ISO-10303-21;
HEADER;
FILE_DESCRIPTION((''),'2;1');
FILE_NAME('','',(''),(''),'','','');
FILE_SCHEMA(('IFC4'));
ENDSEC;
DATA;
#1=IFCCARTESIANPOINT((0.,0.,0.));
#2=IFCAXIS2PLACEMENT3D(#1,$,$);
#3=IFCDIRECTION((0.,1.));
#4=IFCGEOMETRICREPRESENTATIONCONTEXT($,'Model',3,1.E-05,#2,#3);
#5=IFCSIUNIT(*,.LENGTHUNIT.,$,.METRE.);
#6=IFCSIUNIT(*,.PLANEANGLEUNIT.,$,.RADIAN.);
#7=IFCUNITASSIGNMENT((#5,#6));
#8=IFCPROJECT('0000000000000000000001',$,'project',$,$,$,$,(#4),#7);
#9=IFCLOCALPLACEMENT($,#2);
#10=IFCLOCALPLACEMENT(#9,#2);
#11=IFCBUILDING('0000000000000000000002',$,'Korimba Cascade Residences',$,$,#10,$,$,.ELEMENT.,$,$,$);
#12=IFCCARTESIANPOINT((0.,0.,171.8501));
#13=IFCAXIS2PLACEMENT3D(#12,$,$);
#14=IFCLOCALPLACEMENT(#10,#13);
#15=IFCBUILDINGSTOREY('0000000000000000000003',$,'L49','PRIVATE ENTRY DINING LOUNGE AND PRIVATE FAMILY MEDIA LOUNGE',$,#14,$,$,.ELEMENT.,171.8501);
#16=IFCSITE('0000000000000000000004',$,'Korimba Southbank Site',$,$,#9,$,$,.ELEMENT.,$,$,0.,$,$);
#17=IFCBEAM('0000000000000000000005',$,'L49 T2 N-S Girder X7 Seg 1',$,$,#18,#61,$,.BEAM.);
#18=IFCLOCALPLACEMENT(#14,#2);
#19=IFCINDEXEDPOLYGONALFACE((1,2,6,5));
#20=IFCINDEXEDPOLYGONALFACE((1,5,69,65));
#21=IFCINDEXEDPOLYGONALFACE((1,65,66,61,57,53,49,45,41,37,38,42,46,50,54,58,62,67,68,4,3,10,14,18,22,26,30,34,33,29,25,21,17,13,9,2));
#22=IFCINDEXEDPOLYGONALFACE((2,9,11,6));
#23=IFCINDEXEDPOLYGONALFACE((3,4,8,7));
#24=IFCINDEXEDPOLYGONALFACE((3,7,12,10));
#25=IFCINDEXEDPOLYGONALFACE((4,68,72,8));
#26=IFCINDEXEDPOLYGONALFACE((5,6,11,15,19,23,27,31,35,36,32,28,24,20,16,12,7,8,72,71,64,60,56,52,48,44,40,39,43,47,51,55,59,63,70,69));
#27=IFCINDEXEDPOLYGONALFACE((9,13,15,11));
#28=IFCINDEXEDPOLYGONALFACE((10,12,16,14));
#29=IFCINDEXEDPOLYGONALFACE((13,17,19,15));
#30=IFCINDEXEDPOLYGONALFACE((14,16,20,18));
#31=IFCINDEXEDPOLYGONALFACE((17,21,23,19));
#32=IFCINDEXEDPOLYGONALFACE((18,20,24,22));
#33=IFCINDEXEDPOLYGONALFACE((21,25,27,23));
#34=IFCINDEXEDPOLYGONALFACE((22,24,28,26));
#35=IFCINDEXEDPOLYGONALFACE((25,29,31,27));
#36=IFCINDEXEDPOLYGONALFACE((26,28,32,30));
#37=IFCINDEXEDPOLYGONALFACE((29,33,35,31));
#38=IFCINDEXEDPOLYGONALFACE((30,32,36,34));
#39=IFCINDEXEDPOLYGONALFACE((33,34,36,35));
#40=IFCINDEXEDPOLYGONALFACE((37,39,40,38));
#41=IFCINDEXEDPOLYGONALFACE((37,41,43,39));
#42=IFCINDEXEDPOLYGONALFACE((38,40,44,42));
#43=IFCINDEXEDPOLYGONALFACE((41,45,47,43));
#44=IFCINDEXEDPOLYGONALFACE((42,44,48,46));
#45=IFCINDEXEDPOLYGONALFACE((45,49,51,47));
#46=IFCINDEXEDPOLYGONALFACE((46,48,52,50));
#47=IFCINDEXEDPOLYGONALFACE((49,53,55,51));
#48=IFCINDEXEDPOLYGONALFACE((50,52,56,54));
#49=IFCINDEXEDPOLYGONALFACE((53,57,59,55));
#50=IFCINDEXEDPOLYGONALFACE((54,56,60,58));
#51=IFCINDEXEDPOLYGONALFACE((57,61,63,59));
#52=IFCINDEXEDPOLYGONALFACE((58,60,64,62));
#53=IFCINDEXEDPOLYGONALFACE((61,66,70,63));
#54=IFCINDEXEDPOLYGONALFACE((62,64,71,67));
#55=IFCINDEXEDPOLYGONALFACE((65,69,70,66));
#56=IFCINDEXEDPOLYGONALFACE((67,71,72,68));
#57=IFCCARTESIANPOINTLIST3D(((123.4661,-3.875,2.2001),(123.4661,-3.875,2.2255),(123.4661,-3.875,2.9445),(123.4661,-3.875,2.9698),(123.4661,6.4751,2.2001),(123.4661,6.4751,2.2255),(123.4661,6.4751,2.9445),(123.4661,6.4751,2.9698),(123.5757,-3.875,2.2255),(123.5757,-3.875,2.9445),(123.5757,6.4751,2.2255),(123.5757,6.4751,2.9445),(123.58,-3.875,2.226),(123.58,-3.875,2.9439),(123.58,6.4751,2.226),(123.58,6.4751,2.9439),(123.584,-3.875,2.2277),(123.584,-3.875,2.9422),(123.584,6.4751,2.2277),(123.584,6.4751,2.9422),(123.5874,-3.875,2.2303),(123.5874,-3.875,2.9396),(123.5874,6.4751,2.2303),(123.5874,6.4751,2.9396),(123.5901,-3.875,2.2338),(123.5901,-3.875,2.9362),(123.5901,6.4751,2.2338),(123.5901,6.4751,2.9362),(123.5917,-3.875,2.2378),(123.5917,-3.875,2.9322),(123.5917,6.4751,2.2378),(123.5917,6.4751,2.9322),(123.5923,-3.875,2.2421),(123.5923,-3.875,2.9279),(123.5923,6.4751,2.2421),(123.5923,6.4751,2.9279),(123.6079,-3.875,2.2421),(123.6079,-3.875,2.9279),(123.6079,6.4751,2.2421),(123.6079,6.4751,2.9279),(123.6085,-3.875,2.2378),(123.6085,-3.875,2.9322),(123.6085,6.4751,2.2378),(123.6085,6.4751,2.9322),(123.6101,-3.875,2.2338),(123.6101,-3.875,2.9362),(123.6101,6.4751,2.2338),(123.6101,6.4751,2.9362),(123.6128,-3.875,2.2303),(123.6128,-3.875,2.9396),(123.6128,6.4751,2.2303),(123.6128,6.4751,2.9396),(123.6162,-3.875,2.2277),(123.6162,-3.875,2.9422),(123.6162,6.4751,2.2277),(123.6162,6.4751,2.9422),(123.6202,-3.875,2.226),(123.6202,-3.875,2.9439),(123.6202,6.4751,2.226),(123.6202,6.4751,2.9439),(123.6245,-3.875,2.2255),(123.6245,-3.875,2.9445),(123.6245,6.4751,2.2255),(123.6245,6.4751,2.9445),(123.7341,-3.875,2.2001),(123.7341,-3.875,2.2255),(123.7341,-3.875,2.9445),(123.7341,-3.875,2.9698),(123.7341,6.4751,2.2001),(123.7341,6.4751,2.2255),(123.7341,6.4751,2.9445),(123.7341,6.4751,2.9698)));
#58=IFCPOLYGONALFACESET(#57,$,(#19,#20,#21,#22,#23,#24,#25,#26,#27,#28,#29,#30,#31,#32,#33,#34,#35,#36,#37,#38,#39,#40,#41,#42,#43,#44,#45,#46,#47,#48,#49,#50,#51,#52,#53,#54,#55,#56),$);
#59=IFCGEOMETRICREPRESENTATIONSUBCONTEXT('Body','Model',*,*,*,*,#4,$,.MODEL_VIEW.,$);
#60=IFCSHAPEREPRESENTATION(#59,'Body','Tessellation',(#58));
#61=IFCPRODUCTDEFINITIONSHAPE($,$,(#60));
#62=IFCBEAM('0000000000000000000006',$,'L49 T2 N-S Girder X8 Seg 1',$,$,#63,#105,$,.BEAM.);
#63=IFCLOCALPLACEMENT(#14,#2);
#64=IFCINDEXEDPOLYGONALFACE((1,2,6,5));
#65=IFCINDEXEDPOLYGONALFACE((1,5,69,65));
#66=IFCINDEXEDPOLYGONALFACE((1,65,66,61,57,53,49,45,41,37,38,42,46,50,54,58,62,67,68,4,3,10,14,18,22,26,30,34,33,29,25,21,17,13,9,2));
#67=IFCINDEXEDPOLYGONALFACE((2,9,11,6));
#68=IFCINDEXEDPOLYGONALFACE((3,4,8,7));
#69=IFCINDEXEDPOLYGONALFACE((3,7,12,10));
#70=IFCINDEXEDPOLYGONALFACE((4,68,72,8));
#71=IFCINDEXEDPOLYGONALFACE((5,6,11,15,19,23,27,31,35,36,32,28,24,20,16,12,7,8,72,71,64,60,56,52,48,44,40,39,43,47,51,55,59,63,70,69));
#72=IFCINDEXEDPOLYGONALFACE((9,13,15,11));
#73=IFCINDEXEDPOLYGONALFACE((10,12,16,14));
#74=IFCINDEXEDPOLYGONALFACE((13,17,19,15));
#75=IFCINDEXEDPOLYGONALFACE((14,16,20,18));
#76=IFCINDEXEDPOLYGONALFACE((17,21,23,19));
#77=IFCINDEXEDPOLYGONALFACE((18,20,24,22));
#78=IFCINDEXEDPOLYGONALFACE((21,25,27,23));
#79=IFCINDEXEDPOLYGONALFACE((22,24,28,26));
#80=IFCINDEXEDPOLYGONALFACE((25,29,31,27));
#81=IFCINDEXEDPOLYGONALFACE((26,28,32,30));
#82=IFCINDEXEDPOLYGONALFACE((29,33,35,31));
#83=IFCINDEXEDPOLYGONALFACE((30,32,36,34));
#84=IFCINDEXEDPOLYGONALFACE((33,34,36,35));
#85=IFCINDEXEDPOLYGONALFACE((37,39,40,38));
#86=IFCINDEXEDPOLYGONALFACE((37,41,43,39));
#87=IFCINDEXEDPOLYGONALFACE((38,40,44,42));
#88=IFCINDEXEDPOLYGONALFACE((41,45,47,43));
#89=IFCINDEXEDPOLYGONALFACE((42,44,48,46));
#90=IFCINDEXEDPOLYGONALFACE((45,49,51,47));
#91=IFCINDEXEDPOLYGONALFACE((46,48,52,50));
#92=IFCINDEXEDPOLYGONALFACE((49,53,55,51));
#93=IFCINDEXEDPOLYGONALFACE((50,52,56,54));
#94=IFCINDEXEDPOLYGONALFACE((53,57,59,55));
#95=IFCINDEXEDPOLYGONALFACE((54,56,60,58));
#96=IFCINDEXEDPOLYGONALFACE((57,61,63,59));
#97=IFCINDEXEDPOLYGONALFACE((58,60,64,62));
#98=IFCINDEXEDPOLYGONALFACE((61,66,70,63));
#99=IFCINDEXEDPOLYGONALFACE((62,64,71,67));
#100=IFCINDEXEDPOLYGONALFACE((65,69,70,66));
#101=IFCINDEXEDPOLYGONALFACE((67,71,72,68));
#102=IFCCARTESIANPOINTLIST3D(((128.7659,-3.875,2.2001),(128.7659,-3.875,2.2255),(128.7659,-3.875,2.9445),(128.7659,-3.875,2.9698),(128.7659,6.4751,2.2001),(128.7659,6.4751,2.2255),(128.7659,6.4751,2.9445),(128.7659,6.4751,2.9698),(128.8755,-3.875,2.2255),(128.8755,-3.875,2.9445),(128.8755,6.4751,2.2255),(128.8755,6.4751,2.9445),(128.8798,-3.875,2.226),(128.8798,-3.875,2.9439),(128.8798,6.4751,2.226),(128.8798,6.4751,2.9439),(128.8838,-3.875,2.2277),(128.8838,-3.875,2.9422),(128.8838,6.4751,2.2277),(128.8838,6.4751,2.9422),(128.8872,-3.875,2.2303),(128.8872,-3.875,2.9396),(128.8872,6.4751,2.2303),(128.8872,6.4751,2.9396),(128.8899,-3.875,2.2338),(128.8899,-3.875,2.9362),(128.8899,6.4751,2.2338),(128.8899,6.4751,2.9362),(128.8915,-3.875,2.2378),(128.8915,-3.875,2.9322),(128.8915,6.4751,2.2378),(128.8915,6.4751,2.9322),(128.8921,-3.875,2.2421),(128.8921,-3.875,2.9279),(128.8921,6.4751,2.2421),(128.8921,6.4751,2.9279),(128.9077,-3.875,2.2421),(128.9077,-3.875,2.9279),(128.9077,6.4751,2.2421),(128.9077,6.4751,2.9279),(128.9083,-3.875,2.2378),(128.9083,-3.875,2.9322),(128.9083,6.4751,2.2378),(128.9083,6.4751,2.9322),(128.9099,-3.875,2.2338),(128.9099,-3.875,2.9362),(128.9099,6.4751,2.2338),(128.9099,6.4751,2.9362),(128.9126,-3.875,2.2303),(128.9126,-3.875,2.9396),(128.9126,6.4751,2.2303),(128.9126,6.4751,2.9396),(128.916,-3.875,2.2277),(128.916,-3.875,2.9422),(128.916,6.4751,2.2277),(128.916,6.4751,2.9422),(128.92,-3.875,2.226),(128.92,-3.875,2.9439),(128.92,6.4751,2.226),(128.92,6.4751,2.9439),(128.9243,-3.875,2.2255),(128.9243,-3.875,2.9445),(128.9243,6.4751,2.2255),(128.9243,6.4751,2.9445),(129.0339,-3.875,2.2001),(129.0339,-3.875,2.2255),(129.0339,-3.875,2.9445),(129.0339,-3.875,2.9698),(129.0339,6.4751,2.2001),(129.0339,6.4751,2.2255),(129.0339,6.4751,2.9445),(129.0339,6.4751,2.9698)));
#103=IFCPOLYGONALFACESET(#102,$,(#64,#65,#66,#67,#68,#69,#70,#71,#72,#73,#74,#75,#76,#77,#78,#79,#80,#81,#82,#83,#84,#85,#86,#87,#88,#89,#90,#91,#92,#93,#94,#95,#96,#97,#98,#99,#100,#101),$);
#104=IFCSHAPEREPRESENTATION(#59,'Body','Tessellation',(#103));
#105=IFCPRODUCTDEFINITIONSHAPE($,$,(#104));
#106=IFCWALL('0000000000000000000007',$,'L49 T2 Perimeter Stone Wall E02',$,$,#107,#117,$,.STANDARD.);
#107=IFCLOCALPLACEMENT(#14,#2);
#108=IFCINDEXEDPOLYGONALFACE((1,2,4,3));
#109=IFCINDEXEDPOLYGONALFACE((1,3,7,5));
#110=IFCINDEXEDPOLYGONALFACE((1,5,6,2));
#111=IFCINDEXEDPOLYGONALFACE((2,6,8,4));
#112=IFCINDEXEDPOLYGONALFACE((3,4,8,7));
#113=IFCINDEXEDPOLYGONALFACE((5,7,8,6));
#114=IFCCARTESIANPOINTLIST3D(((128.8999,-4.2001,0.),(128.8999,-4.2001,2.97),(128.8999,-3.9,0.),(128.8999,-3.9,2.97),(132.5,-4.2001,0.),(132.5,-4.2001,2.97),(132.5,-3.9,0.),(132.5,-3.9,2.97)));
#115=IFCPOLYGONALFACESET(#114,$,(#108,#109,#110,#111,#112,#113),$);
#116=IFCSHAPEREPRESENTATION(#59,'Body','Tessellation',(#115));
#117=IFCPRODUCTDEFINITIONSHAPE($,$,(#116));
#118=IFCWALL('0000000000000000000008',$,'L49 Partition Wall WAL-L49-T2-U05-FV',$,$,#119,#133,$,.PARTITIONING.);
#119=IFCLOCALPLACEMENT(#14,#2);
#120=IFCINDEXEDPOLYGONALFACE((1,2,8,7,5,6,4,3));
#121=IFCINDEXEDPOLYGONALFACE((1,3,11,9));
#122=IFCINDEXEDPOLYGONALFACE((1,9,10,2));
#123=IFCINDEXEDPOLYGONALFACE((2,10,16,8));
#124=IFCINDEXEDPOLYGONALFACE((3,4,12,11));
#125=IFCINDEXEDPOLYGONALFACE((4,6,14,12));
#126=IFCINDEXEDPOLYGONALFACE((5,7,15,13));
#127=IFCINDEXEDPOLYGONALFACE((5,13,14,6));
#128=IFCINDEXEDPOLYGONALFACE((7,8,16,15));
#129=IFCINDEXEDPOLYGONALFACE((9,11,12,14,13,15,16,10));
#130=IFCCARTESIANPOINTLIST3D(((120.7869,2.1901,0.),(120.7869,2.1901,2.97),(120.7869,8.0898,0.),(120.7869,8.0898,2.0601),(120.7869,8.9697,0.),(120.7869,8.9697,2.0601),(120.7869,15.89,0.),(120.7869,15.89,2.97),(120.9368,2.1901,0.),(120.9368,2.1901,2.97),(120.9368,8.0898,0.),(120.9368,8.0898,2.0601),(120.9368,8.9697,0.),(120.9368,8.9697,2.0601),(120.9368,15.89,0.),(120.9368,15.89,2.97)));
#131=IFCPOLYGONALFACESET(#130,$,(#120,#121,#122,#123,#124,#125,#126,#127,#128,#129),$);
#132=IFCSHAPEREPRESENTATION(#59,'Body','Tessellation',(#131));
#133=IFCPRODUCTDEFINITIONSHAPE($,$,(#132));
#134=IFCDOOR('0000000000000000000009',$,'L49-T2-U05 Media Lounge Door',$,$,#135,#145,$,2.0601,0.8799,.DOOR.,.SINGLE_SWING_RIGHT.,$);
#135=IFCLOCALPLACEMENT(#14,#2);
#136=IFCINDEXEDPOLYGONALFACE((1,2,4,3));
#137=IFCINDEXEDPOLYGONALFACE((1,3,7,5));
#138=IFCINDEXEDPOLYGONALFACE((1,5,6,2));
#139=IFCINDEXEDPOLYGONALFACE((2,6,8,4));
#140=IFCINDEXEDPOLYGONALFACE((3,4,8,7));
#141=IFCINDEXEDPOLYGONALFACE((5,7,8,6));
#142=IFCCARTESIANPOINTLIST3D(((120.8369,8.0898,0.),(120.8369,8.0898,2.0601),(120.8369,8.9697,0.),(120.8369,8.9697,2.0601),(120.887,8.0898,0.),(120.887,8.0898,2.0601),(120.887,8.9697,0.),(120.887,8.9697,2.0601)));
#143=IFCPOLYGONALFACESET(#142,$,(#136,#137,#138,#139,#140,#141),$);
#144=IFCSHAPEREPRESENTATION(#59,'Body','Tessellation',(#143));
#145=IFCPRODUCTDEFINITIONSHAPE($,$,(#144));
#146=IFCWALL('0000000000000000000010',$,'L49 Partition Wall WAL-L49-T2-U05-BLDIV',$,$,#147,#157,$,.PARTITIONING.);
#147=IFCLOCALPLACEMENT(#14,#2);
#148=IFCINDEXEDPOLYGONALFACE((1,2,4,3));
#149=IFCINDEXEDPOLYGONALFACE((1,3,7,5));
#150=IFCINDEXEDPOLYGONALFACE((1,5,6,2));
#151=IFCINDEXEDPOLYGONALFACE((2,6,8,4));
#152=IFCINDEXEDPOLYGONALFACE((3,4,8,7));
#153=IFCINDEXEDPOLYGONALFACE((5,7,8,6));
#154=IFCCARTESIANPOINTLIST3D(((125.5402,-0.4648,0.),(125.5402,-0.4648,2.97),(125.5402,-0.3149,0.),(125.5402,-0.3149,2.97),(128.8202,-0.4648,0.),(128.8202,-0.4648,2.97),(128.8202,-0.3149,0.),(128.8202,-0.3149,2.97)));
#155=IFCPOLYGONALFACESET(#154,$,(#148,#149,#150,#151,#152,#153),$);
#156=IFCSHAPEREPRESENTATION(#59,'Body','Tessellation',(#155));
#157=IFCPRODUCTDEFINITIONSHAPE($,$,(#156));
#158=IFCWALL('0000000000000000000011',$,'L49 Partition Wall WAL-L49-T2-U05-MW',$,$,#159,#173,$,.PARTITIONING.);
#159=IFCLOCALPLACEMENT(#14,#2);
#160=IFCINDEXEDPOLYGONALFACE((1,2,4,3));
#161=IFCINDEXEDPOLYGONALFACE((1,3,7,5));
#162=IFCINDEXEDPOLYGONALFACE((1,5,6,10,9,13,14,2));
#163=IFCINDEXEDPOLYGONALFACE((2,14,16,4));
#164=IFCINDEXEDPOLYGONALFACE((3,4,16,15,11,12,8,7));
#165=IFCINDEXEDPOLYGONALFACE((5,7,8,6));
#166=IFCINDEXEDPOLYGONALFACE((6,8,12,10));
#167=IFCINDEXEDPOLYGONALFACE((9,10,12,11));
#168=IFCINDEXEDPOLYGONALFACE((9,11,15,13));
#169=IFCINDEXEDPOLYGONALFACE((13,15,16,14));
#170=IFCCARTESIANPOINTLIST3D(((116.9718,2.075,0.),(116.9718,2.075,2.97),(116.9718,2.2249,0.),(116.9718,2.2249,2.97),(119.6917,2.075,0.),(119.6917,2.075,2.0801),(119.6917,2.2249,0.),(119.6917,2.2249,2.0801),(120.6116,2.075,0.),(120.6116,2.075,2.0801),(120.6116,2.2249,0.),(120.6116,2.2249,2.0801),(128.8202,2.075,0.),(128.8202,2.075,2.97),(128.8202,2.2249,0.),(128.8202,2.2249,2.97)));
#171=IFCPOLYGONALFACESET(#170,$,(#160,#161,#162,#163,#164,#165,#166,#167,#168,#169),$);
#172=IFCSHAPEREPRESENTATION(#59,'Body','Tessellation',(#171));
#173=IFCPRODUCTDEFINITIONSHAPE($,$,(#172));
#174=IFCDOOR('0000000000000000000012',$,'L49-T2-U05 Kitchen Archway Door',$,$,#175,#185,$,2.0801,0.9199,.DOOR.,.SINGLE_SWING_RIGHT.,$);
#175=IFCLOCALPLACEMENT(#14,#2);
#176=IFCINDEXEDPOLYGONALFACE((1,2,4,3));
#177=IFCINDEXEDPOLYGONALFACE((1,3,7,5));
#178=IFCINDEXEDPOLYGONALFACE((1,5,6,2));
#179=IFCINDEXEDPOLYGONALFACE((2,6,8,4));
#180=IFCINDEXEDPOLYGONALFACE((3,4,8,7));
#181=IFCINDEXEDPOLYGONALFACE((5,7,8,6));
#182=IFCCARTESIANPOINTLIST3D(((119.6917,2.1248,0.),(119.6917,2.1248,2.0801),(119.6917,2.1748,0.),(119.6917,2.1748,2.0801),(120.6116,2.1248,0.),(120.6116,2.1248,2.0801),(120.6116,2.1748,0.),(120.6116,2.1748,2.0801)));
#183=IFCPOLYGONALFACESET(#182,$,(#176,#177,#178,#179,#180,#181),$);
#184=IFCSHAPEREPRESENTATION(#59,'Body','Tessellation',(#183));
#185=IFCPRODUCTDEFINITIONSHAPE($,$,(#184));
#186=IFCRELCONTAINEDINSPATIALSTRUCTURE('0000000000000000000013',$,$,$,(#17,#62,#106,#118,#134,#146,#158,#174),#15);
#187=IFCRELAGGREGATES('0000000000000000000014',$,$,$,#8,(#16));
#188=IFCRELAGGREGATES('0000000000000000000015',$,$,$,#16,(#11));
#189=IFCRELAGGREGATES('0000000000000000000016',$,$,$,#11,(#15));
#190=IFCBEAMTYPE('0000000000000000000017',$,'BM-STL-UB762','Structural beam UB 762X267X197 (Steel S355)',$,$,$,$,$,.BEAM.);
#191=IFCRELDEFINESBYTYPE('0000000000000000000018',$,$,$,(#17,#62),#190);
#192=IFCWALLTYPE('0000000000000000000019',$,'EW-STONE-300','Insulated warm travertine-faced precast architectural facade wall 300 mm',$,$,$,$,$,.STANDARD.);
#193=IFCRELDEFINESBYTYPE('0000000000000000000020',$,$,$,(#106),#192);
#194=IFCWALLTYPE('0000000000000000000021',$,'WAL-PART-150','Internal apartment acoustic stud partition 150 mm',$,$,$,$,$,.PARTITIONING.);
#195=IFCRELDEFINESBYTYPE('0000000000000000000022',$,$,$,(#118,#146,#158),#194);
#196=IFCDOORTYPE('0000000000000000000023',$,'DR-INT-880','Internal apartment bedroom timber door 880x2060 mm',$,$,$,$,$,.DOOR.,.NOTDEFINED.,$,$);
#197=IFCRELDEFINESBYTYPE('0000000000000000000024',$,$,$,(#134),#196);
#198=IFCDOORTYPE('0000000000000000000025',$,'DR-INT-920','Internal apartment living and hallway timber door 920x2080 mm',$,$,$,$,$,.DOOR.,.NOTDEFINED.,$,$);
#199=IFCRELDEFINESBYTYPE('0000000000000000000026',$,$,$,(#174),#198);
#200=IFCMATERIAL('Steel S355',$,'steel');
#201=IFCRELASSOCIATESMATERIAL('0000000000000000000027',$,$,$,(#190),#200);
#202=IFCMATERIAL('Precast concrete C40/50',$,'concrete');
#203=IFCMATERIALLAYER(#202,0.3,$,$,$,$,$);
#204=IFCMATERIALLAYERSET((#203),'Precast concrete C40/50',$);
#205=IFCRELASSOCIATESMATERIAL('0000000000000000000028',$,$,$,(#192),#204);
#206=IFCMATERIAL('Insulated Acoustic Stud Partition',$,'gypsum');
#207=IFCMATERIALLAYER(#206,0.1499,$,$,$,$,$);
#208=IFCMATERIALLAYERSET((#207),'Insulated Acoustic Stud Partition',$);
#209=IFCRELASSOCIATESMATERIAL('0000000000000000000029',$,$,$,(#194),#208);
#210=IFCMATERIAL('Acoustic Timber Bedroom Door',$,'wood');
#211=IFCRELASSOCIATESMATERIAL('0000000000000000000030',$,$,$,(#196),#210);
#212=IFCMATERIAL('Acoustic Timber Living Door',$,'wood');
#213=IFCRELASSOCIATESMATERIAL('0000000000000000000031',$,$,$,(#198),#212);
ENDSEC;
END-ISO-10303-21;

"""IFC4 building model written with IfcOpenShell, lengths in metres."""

from ifc_helpers import new_model, si_unit, direction, frame, frame_2d, origin, origin_2d, place, context, subcontext, project, spatial, rectangle, i_section, extrude, material, layer, layer_set, material_profile, profile_set, type_object, element, fill, save


model = new_model("IFC4")

# Units and contexts
model_context = context("Model", 3, precision=1e-05, world=origin(), true_north=direction((0.0, 1.0)))
body_context = subcontext(model_context, "Body", "Model", "MODEL_VIEW")
ifc_project = project(units=[si_unit("LENGTHUNIT", "METRE"), si_unit("PLANEANGLEUNIT", "RADIAN")], contexts=[model_context])

# Site, building, storey
site_placement = place(None, origin())
site = spatial("IfcSite", under=ifc_project, at=site_placement, Name="Korimba Southbank Site", CompositionType="ELEMENT", RefElevation=0.0)
building_placement = place(site_placement, origin())
building = spatial("IfcBuilding", under=site, at=building_placement, Name="Korimba Cascade Residences", CompositionType="ELEMENT")
storey_placement = place(building_placement, frame((0.0, 0.0, 171.8501)))
storey = spatial("IfcBuildingStorey", under=building, at=storey_placement, Name="L49", Description="PRIVATE ENTRY DINING LOUNGE AND PRIVATE FAMILY MEDIA LOUNGE", CompositionType="ELEMENT", Elevation=171.8501)

# Beams
ifc_material_1 = material(Name="Steel S355", Category="steel")
ifc_material_profile_1 = material_profile(ifc_material_1, i_section(OverallWidth=0.2681, OverallDepth=0.7698, WebThickness=0.0156, FlangeThickness=0.0254, FilletRadius=0.0166, at=origin_2d()), Name="Steel S355")
ifc_profile_set_1 = profile_set([ifc_material_profile_1], Name="Steel S355")
beam_type_1 = type_object("IfcBeamType", Name="BM-STL-UB762", Description="Structural beam UB 762X267X197 (Steel S355)", PredefinedType="BEAM", material=ifc_profile_set_1)
for number, where, z_axis, x_axis, name in (
    (1, (123.6001, -3.875, 2.585), (0.0, 1.0, 0.0), (-1.0, 0.0, 0.0), "L49 T2 N-S Girder X7 Seg 1"),
    (2, (128.8999, -3.875, 2.585), (0.0, 1.0, 0.0), (-1.0, 0.0, 0.0), "L49 T2 N-S Girder X8 Seg 1"),
):
    element("IfcBeam", number, at=place(storey_placement, frame(where, z_axis=z_axis, x_axis=x_axis)), inside=storey, type_object=beam_type_1, Name=name, PredefinedType="BEAM", context=body_context, shape_type="SweptSolid", body=[
        extrude(i_section(OverallWidth=0.2681, OverallDepth=0.7698, WebThickness=0.0156, FlangeThickness=0.0254, FilletRadius=0.0166, at=origin_2d()), origin(), (0.0, 0.0, 1.0), 10.3501),
    ])

# Wall
ifc_material_2 = material(Name="Precast concrete C40/50", Category="concrete")
ifc_layer_1 = layer(ifc_material_2, 0.3)
ifc_layer_set_1 = layer_set([ifc_layer_1], Name="Precast concrete C40/50")
wall_type_1 = type_object("IfcWallType", Name="EW-STONE-300", Description="Insulated warm travertine-faced precast architectural facade wall 300 mm", PredefinedType="STANDARD", material=ifc_layer_set_1)
wall_1_placement = place(storey_placement, frame((128.8999, -4.05, 0.0), z_axis=(0.0, 0.0, 1.0), x_axis=(1.0, 0.0, 0.0)))
element("IfcWall", 3, at=wall_1_placement, inside=storey, type_object=wall_type_1, Name="L49 T2 Perimeter Stone Wall E02", PredefinedType="STANDARD", context=body_context, shape_type="SweptSolid", body=[
    extrude(rectangle(XDim=3.6001, YDim=0.3, at=frame_2d((1.8, 0.0))), origin(), (0.0, 0.0, 1.0), 2.97),
])

# Wall, opening, door
ifc_material_3 = material(Name="Insulated Acoustic Stud Partition", Category="gypsum")
ifc_layer_2 = layer(ifc_material_3, 0.1499)
ifc_layer_set_2 = layer_set([ifc_layer_2], Name="Insulated Acoustic Stud Partition")
wall_type_2 = type_object("IfcWallType", Name="WAL-PART-150", Description="Internal apartment acoustic stud partition 150 mm", PredefinedType="PARTITIONING", material=ifc_layer_set_2)
wall_2_placement = place(storey_placement, frame((120.8618, 2.1899, 0.0), z_axis=(0.0, 0.0, 1.0), x_axis=(0.0, 1.0, 0.0)))
wall_2 = element("IfcWall", 4, at=wall_2_placement, inside=storey, type_object=wall_type_2, Name="L49 Partition Wall WAL-L49-T2-U05-FV", PredefinedType="PARTITIONING", context=body_context, shape_type="SweptSolid", body=[
    extrude(rectangle(XDim=13.7, YDim=0.1499, at=frame_2d((6.8501, 0.0))), origin(), (0.0, 0.0, 1.0), 2.97),
])
opening_1_placement = place(wall_2_placement, frame((5.8999, 0.0, 0.0)))
opening_1 = element("IfcOpeningElement", 5, at=opening_1_placement, cuts=wall_2, PredefinedType="OPENING", context=body_context, shape_type="SweptSolid", body=[
    extrude(rectangle(XDim=0.8799, YDim=2.0601, at=frame_2d((0.4399, 1.03))), frame((0.0, 0.085, 0.0), z_axis=(0.0, -1.0, 0.0), x_axis=(1.0, 0.0, 0.0)), (0.0, 0.0, 1.0), 0.1699),
])
ifc_material_4 = material(Name="Acoustic Timber Bedroom Door", Category="wood")
door_type_1 = type_object("IfcDoorType", Name="DR-INT-880", Description="Internal apartment bedroom timber door 880x2060 mm", OperationType="NOTDEFINED", PredefinedType="DOOR", material=ifc_material_4)
door_1_placement = place(opening_1_placement, origin())
door_1 = element("IfcDoor", 6, at=door_1_placement, inside=storey, type_object=door_type_1, Name="L49-T2-U05 Media Lounge Door", OperationType="SINGLE_SWING_RIGHT", OverallHeight=2.0601, OverallWidth=0.8799, PredefinedType="DOOR", context=body_context, shape_type="SweptSolid", body=[
    extrude(rectangle(XDim=0.8799, YDim=2.0601, at=frame_2d((0.4399, 1.03))), frame((0.0, 0.0249, 0.0), z_axis=(0.0, -1.0, 0.0), x_axis=(1.0, 0.0, 0.0)), (0.0, 0.0, 1.0), 0.05),
])
fill(opening_1, door_1)

# Wall
wall_3_placement = place(storey_placement, frame((125.54, -0.3899, 0.0), z_axis=(0.0, 0.0, 1.0), x_axis=(1.0, 0.0, 0.0)))
element("IfcWall", 7, at=wall_3_placement, inside=storey, type_object=wall_type_2, Name="L49 Partition Wall WAL-L49-T2-U05-BLDIV", PredefinedType="PARTITIONING", context=body_context, shape_type="SweptSolid", body=[
    extrude(rectangle(XDim=3.28, YDim=0.1499, at=frame_2d((1.6401, 0.0))), origin(), (0.0, 0.0, 1.0), 2.97),
])

# Wall, opening, door
wall_4_placement = place(storey_placement, frame((116.9717, 2.1499, 0.0), z_axis=(0.0, 0.0, 1.0), x_axis=(1.0, 0.0, 0.0)))
wall_4 = element("IfcWall", 8, at=wall_4_placement, inside=storey, type_object=wall_type_2, Name="L49 Partition Wall WAL-L49-T2-U05-MW", PredefinedType="PARTITIONING", context=body_context, shape_type="SweptSolid", body=[
    extrude(rectangle(XDim=11.8484, YDim=0.1499, at=frame_2d((5.9243, 0.0))), origin(), (0.0, 0.0, 1.0), 2.97),
])
opening_2_placement = place(wall_4_placement, frame((2.72, 0.0, 0.0)))
opening_2 = element("IfcOpeningElement", 9, at=opening_2_placement, cuts=wall_4, PredefinedType="OPENING", context=body_context, shape_type="SweptSolid", body=[
    extrude(rectangle(XDim=0.9199, YDim=2.0801, at=frame_2d((0.46, 1.04))), frame((0.0, 0.085, 0.0), z_axis=(0.0, -1.0, 0.0), x_axis=(1.0, 0.0, 0.0)), (0.0, 0.0, 1.0), 0.1699),
])
ifc_material_5 = material(Name="Acoustic Timber Living Door", Category="wood")
door_type_2 = type_object("IfcDoorType", Name="DR-INT-920", Description="Internal apartment living and hallway timber door 920x2080 mm", OperationType="NOTDEFINED", PredefinedType="DOOR", material=ifc_material_5)
door_2_placement = place(opening_2_placement, origin())
door_2 = element("IfcDoor", 10, at=door_2_placement, inside=storey, type_object=door_type_2, Name="L49-T2-U05 Kitchen Archway Door", OperationType="SINGLE_SWING_RIGHT", OverallHeight=2.0801, OverallWidth=0.9199, PredefinedType="DOOR", context=body_context, shape_type="SweptSolid", body=[
    extrude(rectangle(XDim=0.9199, YDim=2.0801, at=frame_2d((0.46, 1.04))), frame((0.0, 0.0249, 0.0), z_axis=(0.0, -1.0, 0.0), x_axis=(1.0, 0.0, 0.0)), (0.0, 0.0, 1.0), 0.05),
])
fill(opening_2, door_2)

save(model, "model.ifc")
